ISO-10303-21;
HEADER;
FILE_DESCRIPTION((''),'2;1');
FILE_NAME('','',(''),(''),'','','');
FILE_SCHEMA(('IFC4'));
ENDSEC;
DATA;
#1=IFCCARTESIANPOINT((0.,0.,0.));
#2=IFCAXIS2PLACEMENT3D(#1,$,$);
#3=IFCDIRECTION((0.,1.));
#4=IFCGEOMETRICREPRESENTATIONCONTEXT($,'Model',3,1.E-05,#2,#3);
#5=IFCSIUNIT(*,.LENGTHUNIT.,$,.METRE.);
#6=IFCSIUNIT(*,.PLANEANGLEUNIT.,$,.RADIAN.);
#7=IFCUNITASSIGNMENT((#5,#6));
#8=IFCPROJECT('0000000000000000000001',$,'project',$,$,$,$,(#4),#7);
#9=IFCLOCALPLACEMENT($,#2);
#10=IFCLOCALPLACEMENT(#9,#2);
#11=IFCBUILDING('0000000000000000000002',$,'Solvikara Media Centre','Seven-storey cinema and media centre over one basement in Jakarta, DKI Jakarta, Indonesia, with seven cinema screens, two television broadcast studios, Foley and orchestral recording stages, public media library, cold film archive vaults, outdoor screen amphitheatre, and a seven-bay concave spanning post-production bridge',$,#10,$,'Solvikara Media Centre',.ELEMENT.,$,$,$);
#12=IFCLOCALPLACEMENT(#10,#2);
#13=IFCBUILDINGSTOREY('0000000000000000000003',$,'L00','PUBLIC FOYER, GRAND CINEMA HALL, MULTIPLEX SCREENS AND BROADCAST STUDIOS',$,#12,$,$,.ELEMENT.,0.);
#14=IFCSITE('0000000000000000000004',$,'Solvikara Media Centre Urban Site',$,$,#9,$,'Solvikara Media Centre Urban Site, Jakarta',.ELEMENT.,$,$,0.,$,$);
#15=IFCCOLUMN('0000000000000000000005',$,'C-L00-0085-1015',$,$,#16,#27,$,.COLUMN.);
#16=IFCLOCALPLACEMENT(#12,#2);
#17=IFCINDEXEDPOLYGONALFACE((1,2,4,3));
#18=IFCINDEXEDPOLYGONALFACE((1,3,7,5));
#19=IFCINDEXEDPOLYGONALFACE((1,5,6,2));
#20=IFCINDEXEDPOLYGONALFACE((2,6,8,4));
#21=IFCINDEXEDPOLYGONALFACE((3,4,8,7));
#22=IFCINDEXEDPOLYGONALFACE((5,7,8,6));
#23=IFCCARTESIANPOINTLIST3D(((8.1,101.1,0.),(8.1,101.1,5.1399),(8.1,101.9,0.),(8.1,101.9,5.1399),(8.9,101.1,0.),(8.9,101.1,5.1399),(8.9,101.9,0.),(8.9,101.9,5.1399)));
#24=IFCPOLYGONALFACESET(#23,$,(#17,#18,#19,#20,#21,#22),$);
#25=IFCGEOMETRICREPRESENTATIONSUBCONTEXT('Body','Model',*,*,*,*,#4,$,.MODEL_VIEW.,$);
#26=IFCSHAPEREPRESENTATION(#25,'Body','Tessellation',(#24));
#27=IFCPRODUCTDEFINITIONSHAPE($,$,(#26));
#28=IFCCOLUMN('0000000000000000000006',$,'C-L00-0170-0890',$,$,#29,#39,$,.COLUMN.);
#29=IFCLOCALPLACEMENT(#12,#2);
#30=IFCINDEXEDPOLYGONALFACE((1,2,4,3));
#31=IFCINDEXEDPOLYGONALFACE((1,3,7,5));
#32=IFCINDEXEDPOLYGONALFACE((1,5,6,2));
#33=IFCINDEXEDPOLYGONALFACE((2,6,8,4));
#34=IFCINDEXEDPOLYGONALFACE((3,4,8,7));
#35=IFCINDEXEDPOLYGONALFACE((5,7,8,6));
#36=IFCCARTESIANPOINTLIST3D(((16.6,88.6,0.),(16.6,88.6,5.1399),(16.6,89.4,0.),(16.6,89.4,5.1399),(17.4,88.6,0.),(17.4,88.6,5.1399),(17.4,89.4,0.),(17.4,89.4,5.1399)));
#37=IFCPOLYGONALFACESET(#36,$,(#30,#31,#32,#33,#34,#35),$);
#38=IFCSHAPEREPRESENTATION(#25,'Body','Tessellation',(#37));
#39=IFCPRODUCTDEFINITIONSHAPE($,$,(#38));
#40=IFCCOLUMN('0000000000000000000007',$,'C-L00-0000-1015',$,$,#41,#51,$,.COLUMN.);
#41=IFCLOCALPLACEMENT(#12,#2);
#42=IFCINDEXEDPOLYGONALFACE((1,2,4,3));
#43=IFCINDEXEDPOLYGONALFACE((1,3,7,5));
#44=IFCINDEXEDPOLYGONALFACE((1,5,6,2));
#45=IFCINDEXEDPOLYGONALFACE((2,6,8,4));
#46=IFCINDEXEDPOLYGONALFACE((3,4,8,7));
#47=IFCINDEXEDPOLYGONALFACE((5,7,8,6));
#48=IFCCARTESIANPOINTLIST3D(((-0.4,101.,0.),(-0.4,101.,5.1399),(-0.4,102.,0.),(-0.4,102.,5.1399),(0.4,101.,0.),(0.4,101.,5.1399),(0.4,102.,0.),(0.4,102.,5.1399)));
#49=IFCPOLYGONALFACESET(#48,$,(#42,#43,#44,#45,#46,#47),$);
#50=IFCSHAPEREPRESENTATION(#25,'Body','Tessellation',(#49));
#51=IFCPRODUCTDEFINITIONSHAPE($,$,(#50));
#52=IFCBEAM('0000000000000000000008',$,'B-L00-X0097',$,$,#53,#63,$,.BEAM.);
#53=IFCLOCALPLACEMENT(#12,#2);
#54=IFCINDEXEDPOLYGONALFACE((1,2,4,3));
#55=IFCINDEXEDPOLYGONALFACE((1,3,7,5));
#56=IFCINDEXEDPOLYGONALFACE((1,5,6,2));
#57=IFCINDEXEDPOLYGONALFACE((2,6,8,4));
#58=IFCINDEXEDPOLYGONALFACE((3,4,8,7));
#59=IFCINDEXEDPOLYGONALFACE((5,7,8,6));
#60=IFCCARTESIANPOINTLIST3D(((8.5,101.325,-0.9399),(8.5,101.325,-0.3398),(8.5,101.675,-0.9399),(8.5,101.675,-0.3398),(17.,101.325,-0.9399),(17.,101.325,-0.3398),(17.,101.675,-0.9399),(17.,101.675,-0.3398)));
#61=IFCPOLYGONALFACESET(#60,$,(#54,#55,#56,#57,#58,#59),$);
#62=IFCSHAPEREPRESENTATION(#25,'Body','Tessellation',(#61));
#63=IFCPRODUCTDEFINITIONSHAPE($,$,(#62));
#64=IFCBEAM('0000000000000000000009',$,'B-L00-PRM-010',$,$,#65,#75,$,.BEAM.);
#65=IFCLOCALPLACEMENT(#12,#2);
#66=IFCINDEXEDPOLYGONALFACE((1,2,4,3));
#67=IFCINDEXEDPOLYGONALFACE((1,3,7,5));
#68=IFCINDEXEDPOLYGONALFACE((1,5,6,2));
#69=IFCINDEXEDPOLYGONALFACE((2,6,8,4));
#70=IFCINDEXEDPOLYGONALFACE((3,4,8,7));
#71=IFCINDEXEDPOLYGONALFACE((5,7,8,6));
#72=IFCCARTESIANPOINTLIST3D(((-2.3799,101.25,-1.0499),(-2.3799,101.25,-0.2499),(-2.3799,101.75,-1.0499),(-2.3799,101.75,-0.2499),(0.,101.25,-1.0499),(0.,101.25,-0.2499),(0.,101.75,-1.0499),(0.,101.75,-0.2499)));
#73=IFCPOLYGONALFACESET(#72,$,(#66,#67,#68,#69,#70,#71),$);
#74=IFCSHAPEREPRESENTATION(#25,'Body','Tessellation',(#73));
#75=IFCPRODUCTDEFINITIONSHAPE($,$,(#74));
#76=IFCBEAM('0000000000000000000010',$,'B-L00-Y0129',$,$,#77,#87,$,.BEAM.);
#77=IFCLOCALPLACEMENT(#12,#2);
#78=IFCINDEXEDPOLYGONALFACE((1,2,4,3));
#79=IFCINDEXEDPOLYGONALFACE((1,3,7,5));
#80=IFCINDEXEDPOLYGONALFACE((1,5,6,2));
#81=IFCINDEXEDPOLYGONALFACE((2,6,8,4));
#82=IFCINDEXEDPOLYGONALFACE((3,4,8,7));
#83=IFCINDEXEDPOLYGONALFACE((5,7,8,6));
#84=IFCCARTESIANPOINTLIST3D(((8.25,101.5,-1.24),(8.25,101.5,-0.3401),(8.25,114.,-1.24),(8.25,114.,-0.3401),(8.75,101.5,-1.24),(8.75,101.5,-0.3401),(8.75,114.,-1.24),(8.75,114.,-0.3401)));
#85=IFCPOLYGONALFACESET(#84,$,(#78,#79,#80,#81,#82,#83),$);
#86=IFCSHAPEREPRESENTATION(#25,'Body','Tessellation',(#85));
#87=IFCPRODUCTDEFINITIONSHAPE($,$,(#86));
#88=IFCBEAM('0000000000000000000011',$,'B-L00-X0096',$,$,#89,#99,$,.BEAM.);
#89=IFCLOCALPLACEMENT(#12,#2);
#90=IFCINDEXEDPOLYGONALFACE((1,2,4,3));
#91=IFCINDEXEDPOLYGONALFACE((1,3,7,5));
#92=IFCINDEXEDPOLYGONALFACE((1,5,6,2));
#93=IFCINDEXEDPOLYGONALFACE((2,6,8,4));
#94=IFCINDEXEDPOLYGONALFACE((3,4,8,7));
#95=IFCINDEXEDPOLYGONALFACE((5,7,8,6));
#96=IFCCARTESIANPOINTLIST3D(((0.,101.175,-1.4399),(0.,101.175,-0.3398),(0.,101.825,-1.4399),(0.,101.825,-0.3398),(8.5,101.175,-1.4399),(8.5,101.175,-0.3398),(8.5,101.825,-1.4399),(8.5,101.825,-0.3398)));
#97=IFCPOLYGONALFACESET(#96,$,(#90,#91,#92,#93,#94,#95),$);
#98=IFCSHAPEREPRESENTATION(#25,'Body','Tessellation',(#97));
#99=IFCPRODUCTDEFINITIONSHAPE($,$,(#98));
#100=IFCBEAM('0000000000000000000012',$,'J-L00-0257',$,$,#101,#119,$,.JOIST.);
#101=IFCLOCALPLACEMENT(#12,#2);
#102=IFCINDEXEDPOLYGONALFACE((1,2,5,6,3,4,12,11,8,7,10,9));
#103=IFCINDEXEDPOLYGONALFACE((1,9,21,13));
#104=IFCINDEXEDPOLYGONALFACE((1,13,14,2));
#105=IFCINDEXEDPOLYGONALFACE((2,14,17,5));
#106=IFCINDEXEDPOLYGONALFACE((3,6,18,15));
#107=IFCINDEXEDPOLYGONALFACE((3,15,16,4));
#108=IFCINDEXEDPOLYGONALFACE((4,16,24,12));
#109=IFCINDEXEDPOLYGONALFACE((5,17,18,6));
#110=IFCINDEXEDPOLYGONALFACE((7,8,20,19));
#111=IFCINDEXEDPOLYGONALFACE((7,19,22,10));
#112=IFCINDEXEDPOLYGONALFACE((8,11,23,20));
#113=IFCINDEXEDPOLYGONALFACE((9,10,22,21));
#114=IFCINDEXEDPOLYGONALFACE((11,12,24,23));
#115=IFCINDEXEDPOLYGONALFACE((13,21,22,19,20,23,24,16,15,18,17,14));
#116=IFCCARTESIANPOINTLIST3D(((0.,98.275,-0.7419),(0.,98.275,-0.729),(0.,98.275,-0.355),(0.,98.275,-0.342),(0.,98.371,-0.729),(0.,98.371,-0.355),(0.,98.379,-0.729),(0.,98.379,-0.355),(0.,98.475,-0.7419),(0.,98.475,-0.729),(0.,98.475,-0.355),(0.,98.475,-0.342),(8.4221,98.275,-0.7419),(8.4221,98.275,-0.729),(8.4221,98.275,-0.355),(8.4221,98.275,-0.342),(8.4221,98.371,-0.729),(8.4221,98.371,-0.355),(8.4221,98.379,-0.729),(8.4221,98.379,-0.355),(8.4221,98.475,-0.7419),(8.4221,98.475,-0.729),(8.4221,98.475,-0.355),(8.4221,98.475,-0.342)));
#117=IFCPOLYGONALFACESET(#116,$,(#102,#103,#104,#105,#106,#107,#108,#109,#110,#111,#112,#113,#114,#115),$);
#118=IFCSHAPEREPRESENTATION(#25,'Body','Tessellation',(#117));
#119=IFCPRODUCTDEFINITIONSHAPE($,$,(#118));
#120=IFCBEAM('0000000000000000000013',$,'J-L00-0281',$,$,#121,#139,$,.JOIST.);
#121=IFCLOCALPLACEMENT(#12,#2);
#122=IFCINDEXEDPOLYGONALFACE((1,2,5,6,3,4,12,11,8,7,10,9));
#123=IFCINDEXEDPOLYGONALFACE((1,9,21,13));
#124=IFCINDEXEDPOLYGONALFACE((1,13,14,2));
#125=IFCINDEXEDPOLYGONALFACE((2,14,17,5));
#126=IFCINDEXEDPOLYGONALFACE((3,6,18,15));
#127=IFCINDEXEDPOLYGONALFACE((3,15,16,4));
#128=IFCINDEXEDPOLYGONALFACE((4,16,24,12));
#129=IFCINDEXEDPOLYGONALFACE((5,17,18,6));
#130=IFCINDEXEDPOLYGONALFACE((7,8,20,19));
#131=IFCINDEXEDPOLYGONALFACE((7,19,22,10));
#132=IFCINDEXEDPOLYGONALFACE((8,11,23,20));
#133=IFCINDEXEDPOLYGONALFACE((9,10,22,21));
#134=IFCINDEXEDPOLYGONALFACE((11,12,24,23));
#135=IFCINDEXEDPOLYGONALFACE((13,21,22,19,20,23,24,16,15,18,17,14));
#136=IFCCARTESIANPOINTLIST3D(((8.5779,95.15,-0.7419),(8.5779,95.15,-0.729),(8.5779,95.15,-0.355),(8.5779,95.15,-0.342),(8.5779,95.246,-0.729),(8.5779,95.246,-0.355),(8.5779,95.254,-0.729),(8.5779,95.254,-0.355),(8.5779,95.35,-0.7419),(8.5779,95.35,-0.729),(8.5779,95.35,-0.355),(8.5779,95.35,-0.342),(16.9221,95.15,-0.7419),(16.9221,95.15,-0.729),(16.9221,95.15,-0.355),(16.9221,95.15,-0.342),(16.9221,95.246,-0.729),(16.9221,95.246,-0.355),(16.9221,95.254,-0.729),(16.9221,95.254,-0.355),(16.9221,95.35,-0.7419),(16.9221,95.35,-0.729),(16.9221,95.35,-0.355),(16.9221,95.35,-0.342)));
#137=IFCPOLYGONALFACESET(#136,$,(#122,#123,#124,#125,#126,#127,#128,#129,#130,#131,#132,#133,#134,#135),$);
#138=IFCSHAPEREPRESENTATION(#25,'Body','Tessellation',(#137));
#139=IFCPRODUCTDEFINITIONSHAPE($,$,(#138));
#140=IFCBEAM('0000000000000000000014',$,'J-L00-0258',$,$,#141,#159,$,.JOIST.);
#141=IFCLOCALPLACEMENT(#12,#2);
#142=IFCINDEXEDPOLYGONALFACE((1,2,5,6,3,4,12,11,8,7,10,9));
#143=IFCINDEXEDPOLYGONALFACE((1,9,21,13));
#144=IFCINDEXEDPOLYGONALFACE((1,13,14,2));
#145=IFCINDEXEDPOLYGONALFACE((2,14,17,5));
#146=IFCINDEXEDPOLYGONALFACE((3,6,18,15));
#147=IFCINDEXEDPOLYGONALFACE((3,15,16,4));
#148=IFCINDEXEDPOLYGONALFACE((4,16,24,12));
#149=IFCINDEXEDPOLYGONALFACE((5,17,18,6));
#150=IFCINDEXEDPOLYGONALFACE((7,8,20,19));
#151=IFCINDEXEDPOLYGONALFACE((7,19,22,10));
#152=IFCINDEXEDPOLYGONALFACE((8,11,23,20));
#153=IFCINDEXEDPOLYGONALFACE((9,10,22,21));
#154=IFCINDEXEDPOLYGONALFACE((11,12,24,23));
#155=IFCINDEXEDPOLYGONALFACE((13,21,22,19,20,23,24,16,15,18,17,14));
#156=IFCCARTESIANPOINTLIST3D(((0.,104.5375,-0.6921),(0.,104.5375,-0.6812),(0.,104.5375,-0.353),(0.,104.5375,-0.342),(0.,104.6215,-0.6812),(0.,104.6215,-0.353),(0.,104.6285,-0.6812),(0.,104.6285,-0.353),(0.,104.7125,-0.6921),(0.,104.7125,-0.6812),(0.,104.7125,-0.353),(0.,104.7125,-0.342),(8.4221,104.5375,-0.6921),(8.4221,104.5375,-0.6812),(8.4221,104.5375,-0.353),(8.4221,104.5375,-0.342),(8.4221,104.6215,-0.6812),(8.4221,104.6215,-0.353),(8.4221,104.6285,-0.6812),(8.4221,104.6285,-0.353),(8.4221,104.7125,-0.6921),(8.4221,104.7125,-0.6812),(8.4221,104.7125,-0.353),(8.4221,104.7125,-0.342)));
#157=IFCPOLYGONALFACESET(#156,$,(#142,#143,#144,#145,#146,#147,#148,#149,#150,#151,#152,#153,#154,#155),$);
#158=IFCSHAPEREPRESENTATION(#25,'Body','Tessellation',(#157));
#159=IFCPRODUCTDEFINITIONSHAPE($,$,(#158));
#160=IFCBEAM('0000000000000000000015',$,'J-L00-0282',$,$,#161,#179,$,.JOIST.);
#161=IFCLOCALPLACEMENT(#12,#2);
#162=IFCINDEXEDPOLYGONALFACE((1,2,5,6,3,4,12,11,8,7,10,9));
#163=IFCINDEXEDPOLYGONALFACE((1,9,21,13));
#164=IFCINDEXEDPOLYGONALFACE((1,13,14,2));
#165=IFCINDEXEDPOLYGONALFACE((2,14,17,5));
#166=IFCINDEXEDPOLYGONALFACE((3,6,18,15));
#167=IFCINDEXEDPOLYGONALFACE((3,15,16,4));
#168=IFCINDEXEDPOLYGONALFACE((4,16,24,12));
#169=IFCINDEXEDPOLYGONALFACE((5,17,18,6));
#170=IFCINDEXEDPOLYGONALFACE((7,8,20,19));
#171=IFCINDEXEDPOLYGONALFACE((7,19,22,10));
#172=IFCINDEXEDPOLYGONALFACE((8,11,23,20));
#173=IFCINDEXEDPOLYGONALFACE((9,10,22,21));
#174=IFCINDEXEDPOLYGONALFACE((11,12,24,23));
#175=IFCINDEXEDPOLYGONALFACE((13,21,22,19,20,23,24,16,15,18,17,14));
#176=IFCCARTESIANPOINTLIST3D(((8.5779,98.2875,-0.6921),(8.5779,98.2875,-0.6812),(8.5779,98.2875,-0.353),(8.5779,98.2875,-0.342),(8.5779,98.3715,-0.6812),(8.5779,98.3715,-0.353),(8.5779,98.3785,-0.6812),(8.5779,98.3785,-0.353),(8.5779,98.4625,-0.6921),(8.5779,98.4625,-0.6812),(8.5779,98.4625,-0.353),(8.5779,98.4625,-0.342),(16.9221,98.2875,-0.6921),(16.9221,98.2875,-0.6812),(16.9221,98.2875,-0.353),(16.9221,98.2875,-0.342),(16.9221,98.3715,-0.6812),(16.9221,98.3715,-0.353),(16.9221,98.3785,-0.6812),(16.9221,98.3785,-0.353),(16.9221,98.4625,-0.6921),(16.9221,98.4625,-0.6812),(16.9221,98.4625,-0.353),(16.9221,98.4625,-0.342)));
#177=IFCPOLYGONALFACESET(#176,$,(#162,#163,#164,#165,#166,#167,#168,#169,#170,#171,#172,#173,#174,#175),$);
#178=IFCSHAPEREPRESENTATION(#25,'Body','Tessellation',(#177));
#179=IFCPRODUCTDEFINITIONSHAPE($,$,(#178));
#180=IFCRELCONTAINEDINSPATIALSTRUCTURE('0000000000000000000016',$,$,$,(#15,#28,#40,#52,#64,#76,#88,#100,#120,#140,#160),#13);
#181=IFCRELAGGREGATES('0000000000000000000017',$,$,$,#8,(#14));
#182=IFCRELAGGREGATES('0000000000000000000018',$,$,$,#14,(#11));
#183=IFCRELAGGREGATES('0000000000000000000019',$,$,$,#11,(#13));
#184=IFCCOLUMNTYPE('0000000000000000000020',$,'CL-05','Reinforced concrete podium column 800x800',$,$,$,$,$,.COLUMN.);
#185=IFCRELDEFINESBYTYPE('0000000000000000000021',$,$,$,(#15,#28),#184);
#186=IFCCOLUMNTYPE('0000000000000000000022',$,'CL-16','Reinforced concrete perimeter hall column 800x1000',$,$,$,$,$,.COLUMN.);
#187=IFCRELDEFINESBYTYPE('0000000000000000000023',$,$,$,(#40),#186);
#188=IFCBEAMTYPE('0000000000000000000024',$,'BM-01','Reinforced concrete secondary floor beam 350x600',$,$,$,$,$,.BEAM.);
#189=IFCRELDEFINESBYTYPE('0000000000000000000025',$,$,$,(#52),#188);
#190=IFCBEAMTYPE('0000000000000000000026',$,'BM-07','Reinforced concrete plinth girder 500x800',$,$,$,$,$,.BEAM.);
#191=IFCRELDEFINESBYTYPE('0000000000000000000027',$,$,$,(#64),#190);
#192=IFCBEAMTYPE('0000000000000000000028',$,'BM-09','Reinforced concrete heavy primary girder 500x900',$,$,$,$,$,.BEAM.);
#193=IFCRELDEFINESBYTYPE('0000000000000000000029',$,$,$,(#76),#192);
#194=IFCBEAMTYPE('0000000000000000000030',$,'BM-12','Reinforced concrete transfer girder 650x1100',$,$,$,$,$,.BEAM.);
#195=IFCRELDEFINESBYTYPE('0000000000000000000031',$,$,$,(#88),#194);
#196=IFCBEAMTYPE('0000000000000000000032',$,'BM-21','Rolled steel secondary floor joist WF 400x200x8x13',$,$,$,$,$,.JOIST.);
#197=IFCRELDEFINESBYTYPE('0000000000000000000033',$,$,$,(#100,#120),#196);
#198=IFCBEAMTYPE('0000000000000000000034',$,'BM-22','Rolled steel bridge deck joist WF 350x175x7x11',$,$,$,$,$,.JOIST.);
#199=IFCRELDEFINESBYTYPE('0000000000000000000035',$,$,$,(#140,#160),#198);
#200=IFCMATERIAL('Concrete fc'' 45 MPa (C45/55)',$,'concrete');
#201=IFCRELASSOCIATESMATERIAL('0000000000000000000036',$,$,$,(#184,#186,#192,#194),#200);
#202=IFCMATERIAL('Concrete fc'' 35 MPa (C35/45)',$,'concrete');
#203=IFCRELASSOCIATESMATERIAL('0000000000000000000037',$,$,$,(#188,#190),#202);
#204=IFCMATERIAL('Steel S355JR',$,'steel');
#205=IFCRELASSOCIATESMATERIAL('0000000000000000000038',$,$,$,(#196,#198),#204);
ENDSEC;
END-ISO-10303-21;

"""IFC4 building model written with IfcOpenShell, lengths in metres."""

from ifc_helpers import new_model, si_unit, direction, frame, origin, origin_2d, place, context, subcontext, project, spatial, rectangle, i_section, extrude, material, material_profile, profile_set, type_object, element, save


model = new_model("IFC4")

# Units and contexts
model_context = context("Model", 3, precision=1e-05, world=origin(), true_north=direction((0.0, 1.0)))
body_context = subcontext(model_context, "Body", "Model", "MODEL_VIEW")
ifc_project = project(units=[si_unit("LENGTHUNIT", "METRE"), si_unit("PLANEANGLEUNIT", "RADIAN")], contexts=[model_context])

# Site, building, storey
site_placement = place(None, origin())
site = spatial("IfcSite", under=ifc_project, at=site_placement, Name="Solvikara Media Centre Urban Site", LongName="Solvikara Media Centre Urban Site, Jakarta", CompositionType="ELEMENT", RefElevation=0.0)
building_placement = place(site_placement, origin())
building = spatial("IfcBuilding", under=site, at=building_placement, Name="Solvikara Media Centre", Description="Seven-storey cinema and media centre over one basement in Jakarta, DKI Jakarta, Indonesia, with seven cinema screens, two television broadcast studios, Foley and orchestral recording stages, public media library, cold film archive vaults, outdoor screen amphitheatre, and a seven-bay concave spanning post-production bridge", LongName="Solvikara Media Centre", CompositionType="ELEMENT")
storey_placement = place(building_placement, origin())
storey = spatial("IfcBuildingStorey", under=building, at=storey_placement, Name="L00", Description="PUBLIC FOYER, GRAND CINEMA HALL, MULTIPLEX SCREENS AND BROADCAST STUDIOS", CompositionType="ELEMENT", Elevation=0.0)

# Columns
ifc_material_1 = material(Name="Concrete fc' 45 MPa (C45/55)", Category="concrete")
ifc_material_profile_1 = material_profile(ifc_material_1, rectangle(XDim=0.8, YDim=0.8, at=origin_2d()), Name="RC 800x800")
ifc_profile_set_1 = profile_set([ifc_material_profile_1], Name="Concrete fc' 45 MPa (C45/55)")
column_type_1 = type_object("IfcColumnType", Name="CL-05", Description="Reinforced concrete podium column 800x800", PredefinedType="COLUMN", material=ifc_profile_set_1)
for number, where, z_axis, x_axis, name in (
    (1, (8.5, 101.5, 0.0), (0.0, 0.0, 1.0), (1.0, 0.0, 0.0), "C-L00-0085-1015"),
    (2, (17.0, 89.0, 0.0), (0.0, 0.0, 1.0), (1.0, 0.0, 0.0), "C-L00-0170-0890"),
):
    element("IfcColumn", number, at=place(storey_placement, frame(where, z_axis=z_axis, x_axis=x_axis)), inside=storey, type_object=column_type_1, Name=name, PredefinedType="COLUMN", context=body_context, shape_type="SweptSolid", body=[
        extrude(rectangle(XDim=0.8, YDim=0.8, at=origin_2d()), origin(), (0.0, 0.0, 1.0), 5.1399),
    ])
ifc_material_profile_2 = material_profile(ifc_material_1, rectangle(XDim=0.8, YDim=1.0, at=origin_2d()), Name="RC 800x1000")
ifc_profile_set_2 = profile_set([ifc_material_profile_2], Name="Concrete fc' 45 MPa (C45/55)")
column_type_2 = type_object("IfcColumnType", Name="CL-16", Description="Reinforced concrete perimeter hall column 800x1000", PredefinedType="COLUMN", material=ifc_profile_set_2)
column_placement = place(storey_placement, frame((0.0, 101.5, 0.0), z_axis=(0.0, 0.0, 1.0), x_axis=(1.0, 0.0, 0.0)))
element("IfcColumn", 3, at=column_placement, inside=storey, type_object=column_type_2, Name="C-L00-0000-1015", PredefinedType="COLUMN", context=body_context, shape_type="SweptSolid", body=[
    extrude(rectangle(XDim=0.8, YDim=1.0, at=origin_2d()), origin(), (0.0, 0.0, 1.0), 5.1399),
])

# Beams
ifc_material_2 = material(Name="Concrete fc' 35 MPa (C35/45)", Category="concrete")
ifc_material_profile_3 = material_profile(ifc_material_2, rectangle(XDim=0.3501, YDim=0.6001, at=origin_2d()), Name="RC 350x600")
ifc_profile_set_3 = profile_set([ifc_material_profile_3], Name="Concrete fc' 35 MPa (C35/45)")
beam_type_1 = type_object("IfcBeamType", Name="BM-01", Description="Reinforced concrete secondary floor beam 350x600", PredefinedType="BEAM", material=ifc_profile_set_3)
beam_1_placement = place(storey_placement, frame((8.5, 101.5, -0.6399), z_axis=(1.0, 0.0, 0.0), x_axis=(0.0, 1.0, 0.0)))
element("IfcBeam", 4, at=beam_1_placement, inside=storey, type_object=beam_type_1, Name="B-L00-X0097", PredefinedType="BEAM", context=body_context, shape_type="SweptSolid", body=[
    extrude(rectangle(XDim=0.3501, YDim=0.6001, at=origin_2d()), origin(), (0.0, 0.0, 1.0), 8.5),
])
ifc_material_profile_4 = material_profile(ifc_material_2, rectangle(XDim=0.5, YDim=0.8, at=origin_2d()), Name="RC 500x800")
ifc_profile_set_4 = profile_set([ifc_material_profile_4], Name="Concrete fc' 35 MPa (C35/45)")
beam_type_2 = type_object("IfcBeamType", Name="BM-07", Description="Reinforced concrete plinth girder 500x800", PredefinedType="BEAM", material=ifc_profile_set_4)
beam_2_placement = place(storey_placement, frame((-2.3799, 101.5, -0.6499), z_axis=(1.0, 0.0, 0.0), x_axis=(0.0, 1.0, 0.0)))
element("IfcBeam", 5, at=beam_2_placement, inside=storey, type_object=beam_type_2, Name="B-L00-PRM-010", PredefinedType="BEAM", context=body_context, shape_type="SweptSolid", body=[
    extrude(rectangle(XDim=0.5, YDim=0.8, at=origin_2d()), origin(), (0.0, 0.0, 1.0), 2.3799),
])
ifc_material_profile_5 = material_profile(ifc_material_1, rectangle(XDim=0.5, YDim=0.8999, at=origin_2d()), Name="RC 500x900")
ifc_profile_set_5 = profile_set([ifc_material_profile_5], Name="Concrete fc' 45 MPa (C45/55)")
beam_type_3 = type_object("IfcBeamType", Name="BM-09", Description="Reinforced concrete heavy primary girder 500x900", PredefinedType="BEAM", material=ifc_profile_set_5)
beam_3_placement = place(storey_placement, frame((8.5, 101.5, -0.79), z_axis=(0.0, 1.0, 0.0), x_axis=(-1.0, 0.0, 0.0)))
element("IfcBeam", 6, at=beam_3_placement, inside=storey, type_object=beam_type_3, Name="B-L00-Y0129", PredefinedType="BEAM", context=body_context, shape_type="SweptSolid", body=[
    extrude(rectangle(XDim=0.5, YDim=0.8999, at=origin_2d()), origin(), (0.0, 0.0, 1.0), 12.5),
])
ifc_material_profile_6 = material_profile(ifc_material_1, rectangle(XDim=0.6499, YDim=1.1001, at=origin_2d()), Name="RC 650x1100")
ifc_profile_set_6 = profile_set([ifc_material_profile_6], Name="Concrete fc' 45 MPa (C45/55)")
beam_type_4 = type_object("IfcBeamType", Name="BM-12", Description="Reinforced concrete transfer girder 650x1100", PredefinedType="BEAM", material=ifc_profile_set_6)
beam_4_placement = place(storey_placement, frame((0.0, 101.5, -0.8899), z_axis=(1.0, 0.0, 0.0), x_axis=(0.0, 1.0, 0.0)))
element("IfcBeam", 7, at=beam_4_placement, inside=storey, type_object=beam_type_4, Name="B-L00-X0096", PredefinedType="BEAM", context=body_context, shape_type="SweptSolid", body=[
    extrude(rectangle(XDim=0.6499, YDim=1.1001, at=origin_2d()), origin(), (0.0, 0.0, 1.0), 8.5),
])
ifc_material_3 = material(Name="Steel S355JR", Category="steel")
ifc_material_profile_7 = material_profile(ifc_material_3, i_section(OverallWidth=0.2, OverallDepth=0.3999, WebThickness=0.0081, FlangeThickness=0.0129, at=origin_2d()), Name="WF 400x200x8x13")
ifc_profile_set_7 = profile_set([ifc_material_profile_7], Name="Steel S355JR")
beam_type_5 = type_object("IfcBeamType", Name="BM-21", Description="Rolled steel secondary floor joist WF 400x200x8x13", PredefinedType="JOIST", material=ifc_profile_set_7)
beam_5_placement = place(storey_placement, frame((0.0, 98.375, -0.542), z_axis=(1.0, 0.0, 0.0), x_axis=(0.0, 1.0, 0.0)))
element("IfcBeam", 8, at=beam_5_placement, inside=storey, type_object=beam_type_5, Name="J-L00-0257", PredefinedType="JOIST", context=body_context, shape_type="SweptSolid", body=[
    extrude(i_section(OverallWidth=0.2, OverallDepth=0.3999, WebThickness=0.0081, FlangeThickness=0.0129, at=origin_2d()), origin(), (0.0, 0.0, 1.0), 8.4221),
])
beam_6_placement = place(storey_placement, frame((8.5779, 95.25, -0.542), z_axis=(1.0, 0.0, 0.0), x_axis=(0.0, 1.0, 0.0)))
element("IfcBeam", 9, at=beam_6_placement, inside=storey, type_object=beam_type_5, Name="J-L00-0281", PredefinedType="JOIST", context=body_context, shape_type="SweptSolid", body=[
    extrude(i_section(OverallWidth=0.2, OverallDepth=0.3999, WebThickness=0.0081, FlangeThickness=0.0129, at=origin_2d()), origin(), (0.0, 0.0, 1.0), 8.3442),
])
ifc_material_profile_8 = material_profile(ifc_material_3, i_section(OverallWidth=0.175, OverallDepth=0.3501, WebThickness=0.0071, FlangeThickness=0.011, at=origin_2d()), Name="WF 350x175x7x11")
ifc_profile_set_8 = profile_set([ifc_material_profile_8], Name="Steel S355JR")
beam_type_6 = type_object("IfcBeamType", Name="BM-22", Description="Rolled steel bridge deck joist WF 350x175x7x11", PredefinedType="JOIST", material=ifc_profile_set_8)
beam_7_placement = place(storey_placement, frame((0.0, 104.625, -0.5171), z_axis=(1.0, 0.0, 0.0), x_axis=(0.0, 1.0, 0.0)))
element("IfcBeam", 10, at=beam_7_placement, inside=storey, type_object=beam_type_6, Name="J-L00-0258", PredefinedType="JOIST", context=body_context, shape_type="SweptSolid", body=[
    extrude(i_section(OverallWidth=0.175, OverallDepth=0.3501, WebThickness=0.0071, FlangeThickness=0.011, at=origin_2d()), origin(), (0.0, 0.0, 1.0), 8.4221),
])
beam_8_placement = place(storey_placement, frame((8.5779, 98.375, -0.5171), z_axis=(1.0, 0.0, 0.0), x_axis=(0.0, 1.0, 0.0)))
element("IfcBeam", 11, at=beam_8_placement, inside=storey, type_object=beam_type_6, Name="J-L00-0282", PredefinedType="JOIST", context=body_context, shape_type="SweptSolid", body=[
    extrude(i_section(OverallWidth=0.175, OverallDepth=0.3501, WebThickness=0.0071, FlangeThickness=0.011, at=origin_2d()), origin(), (0.0, 0.0, 1.0), 8.3442),
])

save(model, "model.ifc")
